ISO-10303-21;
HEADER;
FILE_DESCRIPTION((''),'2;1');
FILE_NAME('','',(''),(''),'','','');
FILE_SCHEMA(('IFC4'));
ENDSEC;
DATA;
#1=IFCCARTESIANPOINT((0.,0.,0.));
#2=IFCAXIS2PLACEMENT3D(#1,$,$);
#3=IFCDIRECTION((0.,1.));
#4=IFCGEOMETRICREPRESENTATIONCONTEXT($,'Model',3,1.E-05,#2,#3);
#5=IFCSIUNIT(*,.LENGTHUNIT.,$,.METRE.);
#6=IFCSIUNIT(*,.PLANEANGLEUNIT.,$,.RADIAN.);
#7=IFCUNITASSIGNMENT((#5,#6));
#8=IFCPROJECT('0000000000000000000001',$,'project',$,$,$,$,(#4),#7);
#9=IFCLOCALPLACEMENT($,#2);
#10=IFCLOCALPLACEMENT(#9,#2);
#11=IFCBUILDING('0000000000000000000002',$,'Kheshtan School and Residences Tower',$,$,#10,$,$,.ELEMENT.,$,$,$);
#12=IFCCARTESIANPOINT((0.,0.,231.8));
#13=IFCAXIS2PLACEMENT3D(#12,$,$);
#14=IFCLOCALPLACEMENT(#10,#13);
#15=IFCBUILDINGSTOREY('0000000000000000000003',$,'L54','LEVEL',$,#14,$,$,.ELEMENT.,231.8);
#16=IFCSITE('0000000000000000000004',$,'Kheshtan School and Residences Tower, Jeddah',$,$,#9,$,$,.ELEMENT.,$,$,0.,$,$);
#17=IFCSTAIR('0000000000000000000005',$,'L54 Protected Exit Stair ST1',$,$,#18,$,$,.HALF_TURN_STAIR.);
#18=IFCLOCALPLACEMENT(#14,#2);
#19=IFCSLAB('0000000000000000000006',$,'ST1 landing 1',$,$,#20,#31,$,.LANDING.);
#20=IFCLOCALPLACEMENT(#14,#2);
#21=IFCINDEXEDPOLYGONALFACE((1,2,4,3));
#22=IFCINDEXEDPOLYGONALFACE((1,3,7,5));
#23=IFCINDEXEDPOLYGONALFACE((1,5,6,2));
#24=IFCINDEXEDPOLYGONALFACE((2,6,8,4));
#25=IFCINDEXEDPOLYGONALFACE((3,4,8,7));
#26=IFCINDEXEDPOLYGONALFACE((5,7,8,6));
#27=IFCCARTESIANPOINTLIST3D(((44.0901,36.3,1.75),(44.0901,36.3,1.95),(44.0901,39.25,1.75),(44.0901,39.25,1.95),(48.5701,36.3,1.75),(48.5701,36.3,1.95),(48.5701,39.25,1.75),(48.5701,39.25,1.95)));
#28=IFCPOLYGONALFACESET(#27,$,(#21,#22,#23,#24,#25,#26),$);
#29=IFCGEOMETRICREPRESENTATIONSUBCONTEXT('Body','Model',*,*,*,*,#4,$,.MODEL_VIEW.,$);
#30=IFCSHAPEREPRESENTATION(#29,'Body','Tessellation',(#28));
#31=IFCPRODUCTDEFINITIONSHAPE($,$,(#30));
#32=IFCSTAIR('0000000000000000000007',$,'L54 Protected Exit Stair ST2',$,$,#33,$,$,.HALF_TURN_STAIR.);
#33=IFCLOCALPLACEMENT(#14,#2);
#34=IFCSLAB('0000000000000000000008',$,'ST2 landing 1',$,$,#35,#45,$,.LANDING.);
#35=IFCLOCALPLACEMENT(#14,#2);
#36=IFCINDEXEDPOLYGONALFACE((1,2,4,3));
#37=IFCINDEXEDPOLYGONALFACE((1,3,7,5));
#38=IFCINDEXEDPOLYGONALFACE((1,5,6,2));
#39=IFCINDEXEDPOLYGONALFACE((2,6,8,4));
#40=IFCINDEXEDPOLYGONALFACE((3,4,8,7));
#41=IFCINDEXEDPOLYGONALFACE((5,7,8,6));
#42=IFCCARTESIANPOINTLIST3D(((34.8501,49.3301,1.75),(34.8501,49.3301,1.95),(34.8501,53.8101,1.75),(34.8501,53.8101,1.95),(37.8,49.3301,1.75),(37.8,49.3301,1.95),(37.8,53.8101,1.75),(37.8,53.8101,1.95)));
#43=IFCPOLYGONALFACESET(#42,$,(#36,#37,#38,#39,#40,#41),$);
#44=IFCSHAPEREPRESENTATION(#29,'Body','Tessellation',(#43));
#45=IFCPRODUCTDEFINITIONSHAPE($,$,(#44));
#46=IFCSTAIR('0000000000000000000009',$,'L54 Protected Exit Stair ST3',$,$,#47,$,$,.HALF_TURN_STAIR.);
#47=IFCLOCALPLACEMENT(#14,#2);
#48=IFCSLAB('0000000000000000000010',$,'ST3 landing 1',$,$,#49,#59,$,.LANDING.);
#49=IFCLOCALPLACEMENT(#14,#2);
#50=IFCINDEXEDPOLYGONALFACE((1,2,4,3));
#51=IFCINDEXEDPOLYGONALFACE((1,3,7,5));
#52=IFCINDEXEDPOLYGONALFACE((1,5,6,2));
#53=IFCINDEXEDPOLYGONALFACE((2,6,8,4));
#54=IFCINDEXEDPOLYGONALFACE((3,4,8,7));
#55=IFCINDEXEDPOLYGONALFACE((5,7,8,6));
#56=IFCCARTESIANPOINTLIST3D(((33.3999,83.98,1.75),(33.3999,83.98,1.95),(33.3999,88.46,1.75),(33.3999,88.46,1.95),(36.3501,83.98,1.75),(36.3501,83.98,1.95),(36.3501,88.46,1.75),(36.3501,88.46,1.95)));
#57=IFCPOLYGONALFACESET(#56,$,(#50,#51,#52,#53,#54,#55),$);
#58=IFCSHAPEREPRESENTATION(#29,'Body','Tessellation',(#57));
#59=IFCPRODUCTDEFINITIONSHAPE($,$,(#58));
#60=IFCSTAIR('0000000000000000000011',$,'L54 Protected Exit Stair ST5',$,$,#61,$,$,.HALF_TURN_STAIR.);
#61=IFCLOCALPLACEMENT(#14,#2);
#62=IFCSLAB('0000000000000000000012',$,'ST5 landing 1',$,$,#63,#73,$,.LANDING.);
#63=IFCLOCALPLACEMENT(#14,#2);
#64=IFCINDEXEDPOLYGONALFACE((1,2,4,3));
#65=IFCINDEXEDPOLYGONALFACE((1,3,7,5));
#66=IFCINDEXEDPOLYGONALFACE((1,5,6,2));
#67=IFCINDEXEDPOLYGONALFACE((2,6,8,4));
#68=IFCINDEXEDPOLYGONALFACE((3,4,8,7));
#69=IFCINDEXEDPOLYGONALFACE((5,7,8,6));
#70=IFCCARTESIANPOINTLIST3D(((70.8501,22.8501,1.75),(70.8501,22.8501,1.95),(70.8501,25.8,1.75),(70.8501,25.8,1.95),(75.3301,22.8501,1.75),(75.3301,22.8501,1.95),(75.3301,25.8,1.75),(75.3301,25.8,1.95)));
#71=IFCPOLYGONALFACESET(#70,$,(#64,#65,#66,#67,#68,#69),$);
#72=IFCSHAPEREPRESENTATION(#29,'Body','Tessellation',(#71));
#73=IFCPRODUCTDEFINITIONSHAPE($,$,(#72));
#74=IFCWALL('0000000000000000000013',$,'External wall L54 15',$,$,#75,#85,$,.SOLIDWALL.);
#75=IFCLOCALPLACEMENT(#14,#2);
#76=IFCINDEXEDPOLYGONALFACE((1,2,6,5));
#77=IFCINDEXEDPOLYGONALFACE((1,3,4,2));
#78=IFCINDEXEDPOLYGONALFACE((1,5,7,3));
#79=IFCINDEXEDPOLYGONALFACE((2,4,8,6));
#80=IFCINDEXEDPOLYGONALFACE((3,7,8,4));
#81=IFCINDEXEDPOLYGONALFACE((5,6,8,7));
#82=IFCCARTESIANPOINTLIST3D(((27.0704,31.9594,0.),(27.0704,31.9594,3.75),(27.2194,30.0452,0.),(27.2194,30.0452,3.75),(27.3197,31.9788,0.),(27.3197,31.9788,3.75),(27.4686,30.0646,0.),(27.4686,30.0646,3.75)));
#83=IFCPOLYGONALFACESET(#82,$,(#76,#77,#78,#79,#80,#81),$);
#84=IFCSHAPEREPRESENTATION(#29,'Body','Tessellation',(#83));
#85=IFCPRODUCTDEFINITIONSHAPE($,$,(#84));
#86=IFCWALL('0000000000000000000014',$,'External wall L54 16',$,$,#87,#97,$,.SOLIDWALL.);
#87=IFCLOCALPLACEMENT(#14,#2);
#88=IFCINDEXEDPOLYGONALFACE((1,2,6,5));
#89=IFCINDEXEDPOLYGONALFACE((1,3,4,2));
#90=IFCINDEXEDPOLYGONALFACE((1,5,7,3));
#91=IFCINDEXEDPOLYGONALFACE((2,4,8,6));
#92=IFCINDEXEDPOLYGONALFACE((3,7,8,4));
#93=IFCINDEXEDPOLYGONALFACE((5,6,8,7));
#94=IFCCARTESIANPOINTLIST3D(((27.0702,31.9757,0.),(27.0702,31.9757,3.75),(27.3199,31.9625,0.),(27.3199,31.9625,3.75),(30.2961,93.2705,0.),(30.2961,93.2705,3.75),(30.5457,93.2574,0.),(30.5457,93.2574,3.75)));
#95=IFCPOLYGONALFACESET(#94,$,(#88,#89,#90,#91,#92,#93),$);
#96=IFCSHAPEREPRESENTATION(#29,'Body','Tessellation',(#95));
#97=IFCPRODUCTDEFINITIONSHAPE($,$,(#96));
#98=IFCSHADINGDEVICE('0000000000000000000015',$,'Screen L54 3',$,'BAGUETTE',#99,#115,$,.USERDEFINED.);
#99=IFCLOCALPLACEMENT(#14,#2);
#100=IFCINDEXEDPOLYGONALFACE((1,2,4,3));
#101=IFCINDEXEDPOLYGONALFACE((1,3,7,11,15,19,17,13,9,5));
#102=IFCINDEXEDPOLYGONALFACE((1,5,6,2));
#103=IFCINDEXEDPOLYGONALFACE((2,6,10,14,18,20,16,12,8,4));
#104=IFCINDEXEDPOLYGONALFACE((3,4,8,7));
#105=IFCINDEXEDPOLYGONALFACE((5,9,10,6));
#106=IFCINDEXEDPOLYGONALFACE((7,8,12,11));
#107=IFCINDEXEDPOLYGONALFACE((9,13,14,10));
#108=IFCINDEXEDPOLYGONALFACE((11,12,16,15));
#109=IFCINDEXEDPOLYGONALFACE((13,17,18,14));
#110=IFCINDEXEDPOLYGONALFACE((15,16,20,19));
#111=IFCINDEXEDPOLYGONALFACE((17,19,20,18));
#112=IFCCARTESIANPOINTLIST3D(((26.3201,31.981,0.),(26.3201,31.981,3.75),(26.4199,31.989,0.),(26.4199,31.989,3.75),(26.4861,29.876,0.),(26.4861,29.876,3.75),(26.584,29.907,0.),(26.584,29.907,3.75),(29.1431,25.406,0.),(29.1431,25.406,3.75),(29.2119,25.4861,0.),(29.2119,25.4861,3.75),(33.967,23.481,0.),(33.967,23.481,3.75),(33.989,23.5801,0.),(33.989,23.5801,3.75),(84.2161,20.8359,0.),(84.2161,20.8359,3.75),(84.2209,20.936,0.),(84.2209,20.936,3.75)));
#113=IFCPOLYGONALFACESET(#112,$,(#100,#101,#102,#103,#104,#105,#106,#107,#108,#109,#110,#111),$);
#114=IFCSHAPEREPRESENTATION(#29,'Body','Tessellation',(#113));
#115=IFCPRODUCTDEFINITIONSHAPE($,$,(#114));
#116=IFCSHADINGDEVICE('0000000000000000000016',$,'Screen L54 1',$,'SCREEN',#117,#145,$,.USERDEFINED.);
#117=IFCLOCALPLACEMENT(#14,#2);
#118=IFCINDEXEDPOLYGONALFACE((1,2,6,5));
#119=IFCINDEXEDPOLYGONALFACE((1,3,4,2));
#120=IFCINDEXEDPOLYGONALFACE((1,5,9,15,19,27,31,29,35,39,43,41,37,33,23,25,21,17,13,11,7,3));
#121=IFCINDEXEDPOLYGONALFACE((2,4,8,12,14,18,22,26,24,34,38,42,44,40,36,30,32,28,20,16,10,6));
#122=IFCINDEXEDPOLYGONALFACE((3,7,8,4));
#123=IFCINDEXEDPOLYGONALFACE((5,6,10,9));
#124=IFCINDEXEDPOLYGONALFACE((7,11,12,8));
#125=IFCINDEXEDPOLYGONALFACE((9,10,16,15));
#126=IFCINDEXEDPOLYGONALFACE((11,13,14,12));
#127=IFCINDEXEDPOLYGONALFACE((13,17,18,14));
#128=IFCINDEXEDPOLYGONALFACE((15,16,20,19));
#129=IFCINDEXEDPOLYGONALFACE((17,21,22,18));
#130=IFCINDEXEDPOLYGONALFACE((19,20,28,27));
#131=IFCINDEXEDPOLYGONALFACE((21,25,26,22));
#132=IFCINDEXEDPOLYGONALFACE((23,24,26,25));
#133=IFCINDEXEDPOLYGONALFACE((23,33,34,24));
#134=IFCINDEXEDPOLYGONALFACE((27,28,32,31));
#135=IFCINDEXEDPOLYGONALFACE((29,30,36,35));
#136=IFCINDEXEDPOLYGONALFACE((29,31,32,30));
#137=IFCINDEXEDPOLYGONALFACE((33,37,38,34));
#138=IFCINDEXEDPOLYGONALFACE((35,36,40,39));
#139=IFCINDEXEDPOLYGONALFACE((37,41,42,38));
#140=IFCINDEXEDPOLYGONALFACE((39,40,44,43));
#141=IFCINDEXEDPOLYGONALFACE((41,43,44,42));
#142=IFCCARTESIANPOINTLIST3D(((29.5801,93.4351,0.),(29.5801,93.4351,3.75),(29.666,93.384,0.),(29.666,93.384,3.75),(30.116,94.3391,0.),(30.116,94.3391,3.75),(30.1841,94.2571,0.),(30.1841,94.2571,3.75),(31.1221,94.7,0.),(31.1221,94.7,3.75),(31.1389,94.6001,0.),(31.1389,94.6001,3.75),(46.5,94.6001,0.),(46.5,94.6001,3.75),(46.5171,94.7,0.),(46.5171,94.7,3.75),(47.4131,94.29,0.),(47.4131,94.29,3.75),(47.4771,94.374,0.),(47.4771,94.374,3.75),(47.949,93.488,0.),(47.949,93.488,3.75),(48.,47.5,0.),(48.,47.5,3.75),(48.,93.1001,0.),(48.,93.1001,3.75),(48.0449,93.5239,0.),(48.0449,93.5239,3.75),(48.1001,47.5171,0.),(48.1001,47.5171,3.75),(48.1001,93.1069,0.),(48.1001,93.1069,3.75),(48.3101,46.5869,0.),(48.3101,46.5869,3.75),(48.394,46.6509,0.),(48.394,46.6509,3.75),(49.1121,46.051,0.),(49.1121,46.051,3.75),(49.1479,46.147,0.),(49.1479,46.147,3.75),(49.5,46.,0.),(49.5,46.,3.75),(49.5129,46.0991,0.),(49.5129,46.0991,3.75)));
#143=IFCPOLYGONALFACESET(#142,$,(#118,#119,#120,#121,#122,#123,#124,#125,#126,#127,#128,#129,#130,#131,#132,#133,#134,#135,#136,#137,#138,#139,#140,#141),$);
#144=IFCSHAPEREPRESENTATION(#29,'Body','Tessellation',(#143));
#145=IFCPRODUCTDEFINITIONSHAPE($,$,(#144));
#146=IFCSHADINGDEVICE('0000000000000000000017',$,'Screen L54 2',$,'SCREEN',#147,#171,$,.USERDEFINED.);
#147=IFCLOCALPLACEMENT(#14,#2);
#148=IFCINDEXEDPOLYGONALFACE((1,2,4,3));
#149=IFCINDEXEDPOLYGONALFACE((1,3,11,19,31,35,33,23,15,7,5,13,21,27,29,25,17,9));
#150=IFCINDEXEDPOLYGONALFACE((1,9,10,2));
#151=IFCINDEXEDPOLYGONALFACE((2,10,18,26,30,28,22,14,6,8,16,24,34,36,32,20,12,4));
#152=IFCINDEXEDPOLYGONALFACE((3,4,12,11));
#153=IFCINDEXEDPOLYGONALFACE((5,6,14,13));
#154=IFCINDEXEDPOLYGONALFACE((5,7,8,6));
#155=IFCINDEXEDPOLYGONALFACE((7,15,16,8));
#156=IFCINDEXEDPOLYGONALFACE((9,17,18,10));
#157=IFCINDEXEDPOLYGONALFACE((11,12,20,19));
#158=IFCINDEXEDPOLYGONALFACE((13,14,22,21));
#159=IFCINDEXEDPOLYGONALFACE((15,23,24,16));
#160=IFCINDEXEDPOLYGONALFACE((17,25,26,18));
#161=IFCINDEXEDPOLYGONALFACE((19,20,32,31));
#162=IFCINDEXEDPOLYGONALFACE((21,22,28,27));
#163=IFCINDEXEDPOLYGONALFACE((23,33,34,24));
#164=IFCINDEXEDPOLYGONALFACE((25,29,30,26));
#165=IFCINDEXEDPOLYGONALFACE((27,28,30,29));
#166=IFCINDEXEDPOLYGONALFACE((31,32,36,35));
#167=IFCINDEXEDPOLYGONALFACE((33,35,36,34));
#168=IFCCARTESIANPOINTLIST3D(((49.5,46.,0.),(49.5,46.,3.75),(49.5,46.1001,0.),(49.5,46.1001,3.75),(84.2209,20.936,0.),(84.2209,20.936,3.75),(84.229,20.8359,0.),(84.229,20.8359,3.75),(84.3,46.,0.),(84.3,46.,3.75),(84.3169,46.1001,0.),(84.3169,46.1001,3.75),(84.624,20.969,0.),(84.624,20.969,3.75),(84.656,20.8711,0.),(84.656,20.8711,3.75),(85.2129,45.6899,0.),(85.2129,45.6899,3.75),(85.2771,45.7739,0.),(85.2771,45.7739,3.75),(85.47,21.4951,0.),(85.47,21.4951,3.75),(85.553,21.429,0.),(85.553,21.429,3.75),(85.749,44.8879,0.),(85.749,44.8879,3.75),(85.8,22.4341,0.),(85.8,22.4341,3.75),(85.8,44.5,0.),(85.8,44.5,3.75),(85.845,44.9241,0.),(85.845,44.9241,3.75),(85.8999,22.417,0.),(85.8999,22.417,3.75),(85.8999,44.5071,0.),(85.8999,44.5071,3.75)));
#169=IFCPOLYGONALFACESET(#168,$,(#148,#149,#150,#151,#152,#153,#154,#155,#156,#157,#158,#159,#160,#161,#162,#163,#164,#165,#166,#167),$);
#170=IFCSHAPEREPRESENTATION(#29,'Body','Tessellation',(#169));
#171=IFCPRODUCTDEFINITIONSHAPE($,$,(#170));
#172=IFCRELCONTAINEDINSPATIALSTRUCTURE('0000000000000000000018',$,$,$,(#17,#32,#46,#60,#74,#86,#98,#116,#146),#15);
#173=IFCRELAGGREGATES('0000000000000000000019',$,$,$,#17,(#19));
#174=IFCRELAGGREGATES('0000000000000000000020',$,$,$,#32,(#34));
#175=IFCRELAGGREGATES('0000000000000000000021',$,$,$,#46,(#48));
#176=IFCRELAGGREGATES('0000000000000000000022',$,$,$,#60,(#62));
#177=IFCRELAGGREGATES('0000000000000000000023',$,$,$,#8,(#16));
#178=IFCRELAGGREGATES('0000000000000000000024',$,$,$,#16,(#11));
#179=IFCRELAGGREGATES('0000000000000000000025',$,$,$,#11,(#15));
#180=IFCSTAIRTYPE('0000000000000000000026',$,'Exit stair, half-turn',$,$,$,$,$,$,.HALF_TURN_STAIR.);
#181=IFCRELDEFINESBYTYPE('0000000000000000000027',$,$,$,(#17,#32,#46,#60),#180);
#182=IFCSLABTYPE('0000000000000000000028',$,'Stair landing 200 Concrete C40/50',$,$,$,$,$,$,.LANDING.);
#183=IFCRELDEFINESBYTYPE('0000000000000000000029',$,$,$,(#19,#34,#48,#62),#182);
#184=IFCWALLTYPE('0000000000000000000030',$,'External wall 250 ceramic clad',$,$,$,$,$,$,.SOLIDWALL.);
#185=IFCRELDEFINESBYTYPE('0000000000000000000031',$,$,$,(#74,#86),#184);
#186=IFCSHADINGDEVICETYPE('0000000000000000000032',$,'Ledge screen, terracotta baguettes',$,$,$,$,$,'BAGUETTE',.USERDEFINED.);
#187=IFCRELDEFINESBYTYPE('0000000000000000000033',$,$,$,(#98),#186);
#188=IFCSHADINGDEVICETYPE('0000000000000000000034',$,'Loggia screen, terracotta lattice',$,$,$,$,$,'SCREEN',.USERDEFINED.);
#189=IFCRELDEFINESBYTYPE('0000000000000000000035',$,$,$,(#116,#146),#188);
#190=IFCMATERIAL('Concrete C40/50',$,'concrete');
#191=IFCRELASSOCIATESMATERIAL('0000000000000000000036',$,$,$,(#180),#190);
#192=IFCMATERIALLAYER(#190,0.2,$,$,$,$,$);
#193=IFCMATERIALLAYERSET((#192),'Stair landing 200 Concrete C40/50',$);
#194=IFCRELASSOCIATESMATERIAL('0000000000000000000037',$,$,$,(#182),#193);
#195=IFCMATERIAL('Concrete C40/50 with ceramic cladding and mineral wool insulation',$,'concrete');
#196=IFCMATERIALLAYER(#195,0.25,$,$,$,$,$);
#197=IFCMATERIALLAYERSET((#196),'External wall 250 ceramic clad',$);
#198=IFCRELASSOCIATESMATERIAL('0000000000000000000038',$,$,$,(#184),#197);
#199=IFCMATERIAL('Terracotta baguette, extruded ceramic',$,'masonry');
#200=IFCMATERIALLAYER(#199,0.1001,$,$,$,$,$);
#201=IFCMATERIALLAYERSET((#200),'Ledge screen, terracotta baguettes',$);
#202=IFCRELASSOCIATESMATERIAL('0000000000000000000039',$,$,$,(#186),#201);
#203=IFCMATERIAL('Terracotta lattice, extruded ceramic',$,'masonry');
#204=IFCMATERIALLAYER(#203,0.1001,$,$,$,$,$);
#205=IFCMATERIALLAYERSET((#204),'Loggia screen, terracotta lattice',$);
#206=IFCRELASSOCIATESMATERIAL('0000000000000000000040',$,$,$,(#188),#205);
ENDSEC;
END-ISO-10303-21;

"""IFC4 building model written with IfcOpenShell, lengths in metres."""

from ifc_helpers import new_model, si_unit, direction, frame, frame_2d, origin, place, context, subcontext, project, spatial, polyline, rectangle, outline, extrude, material, layer, layer_set, type_object, element, aggregate, save


model = new_model("IFC4")

# Units and contexts
model_context = context("Model", 3, precision=1e-05, world=origin(), true_north=direction((0.0, 1.0)))
body_context = subcontext(model_context, "Body", "Model", "MODEL_VIEW")
ifc_project = project(units=[si_unit("LENGTHUNIT", "METRE"), si_unit("PLANEANGLEUNIT", "RADIAN")], contexts=[model_context])

# Site, building, storey
site_placement = place(None, origin())
site = spatial("IfcSite", under=ifc_project, at=site_placement, Name="Kheshtan School and Residences Tower, Jeddah", CompositionType="ELEMENT", RefElevation=0.0)
building_placement = place(site_placement, origin())
building = spatial("IfcBuilding", under=site, at=building_placement, Name="Kheshtan School and Residences Tower", CompositionType="ELEMENT")
storey_placement = place(building_placement, frame((0.0, 0.0, 231.8)))
storey = spatial("IfcBuildingStorey", under=building, at=storey_placement, Name="L54", Description="LEVEL", CompositionType="ELEMENT", Elevation=231.8)

# Shared definitions
ifc_material_1 = material(Name="Concrete C40/50", Category="concrete")

# Stairs, slabs
stair_type = type_object("IfcStairType", Name="Exit stair, half-turn", PredefinedType="HALF_TURN_STAIR", material=ifc_material_1)
stair_1_placement = place(storey_placement, origin())
stair_1 = element("IfcStair", 1, at=stair_1_placement, inside=storey, type_object=stair_type, Name="L54 Protected Exit Stair ST1", PredefinedType="HALF_TURN_STAIR")
ifc_layer_1 = layer(ifc_material_1, 0.2)
ifc_layer_set_1 = layer_set([ifc_layer_1], Name="Stair landing 200 Concrete C40/50")
slab_type_1 = type_object("IfcSlabType", Name="Stair landing 200 Concrete C40/50", PredefinedType="LANDING", material=ifc_layer_set_1)
slab_1_placement = place(storey_placement, frame((0.0, 0.0, 1.75)))
slab_1 = element("IfcSlab", 2, at=slab_1_placement, type_object=slab_type_1, Name="ST1 landing 1", PredefinedType="LANDING", context=body_context, shape_type="SweptSolid", body=[
    extrude(outline(polyline([(48.5701, 39.25), (44.0901, 39.25), (44.0901, 36.3), (48.5701, 36.3), (48.5701, 39.25)])), origin(), (0.0, 0.0, 1.0), 0.2),
])
aggregate(stair_1, [slab_1])
stair_2_placement = place(storey_placement, origin())
stair_2 = element("IfcStair", 3, at=stair_2_placement, inside=storey, type_object=stair_type, Name="L54 Protected Exit Stair ST2", PredefinedType="HALF_TURN_STAIR")
slab_2_placement = place(storey_placement, frame((0.0, 0.0, 1.75)))
slab_2 = element("IfcSlab", 4, at=slab_2_placement, type_object=slab_type_1, Name="ST2 landing 1", PredefinedType="LANDING", context=body_context, shape_type="SweptSolid", body=[
    extrude(outline(polyline([(37.8, 49.3301), (37.8, 53.8101), (34.8501, 53.8101), (34.8501, 49.3301), (37.8, 49.3301)])), origin(), (0.0, 0.0, 1.0), 0.2),
])
aggregate(stair_2, [slab_2])
stair_3_placement = place(storey_placement, origin())
stair_3 = element("IfcStair", 5, at=stair_3_placement, inside=storey, type_object=stair_type, Name="L54 Protected Exit Stair ST3", PredefinedType="HALF_TURN_STAIR")
slab_3_placement = place(storey_placement, frame((0.0, 0.0, 1.75)))
slab_3 = element("IfcSlab", 6, at=slab_3_placement, type_object=slab_type_1, Name="ST3 landing 1", PredefinedType="LANDING", context=body_context, shape_type="SweptSolid", body=[
    extrude(outline(polyline([(36.3501, 83.98), (36.3501, 88.46), (33.3999, 88.46), (33.3999, 83.98), (36.3501, 83.98)])), origin(), (0.0, 0.0, 1.0), 0.2),
])
aggregate(stair_3, [slab_3])
stair_4_placement = place(storey_placement, origin())
stair_4 = element("IfcStair", 7, at=stair_4_placement, inside=storey, type_object=stair_type, Name="L54 Protected Exit Stair ST5", PredefinedType="HALF_TURN_STAIR")
slab_4_placement = place(storey_placement, frame((0.0, 0.0, 1.75)))
slab_4 = element("IfcSlab", 8, at=slab_4_placement, type_object=slab_type_1, Name="ST5 landing 1", PredefinedType="LANDING", context=body_context, shape_type="SweptSolid", body=[
    extrude(outline(polyline([(75.3301, 25.8), (70.8501, 25.8), (70.8501, 22.8501), (75.3301, 22.8501), (75.3301, 25.8)])), origin(), (0.0, 0.0, 1.0), 0.2),
])
aggregate(stair_4, [slab_4])

# Walls
ifc_material_2 = material(Name="Concrete C40/50 with ceramic cladding and mineral wool insulation", Category="concrete")
ifc_layer_2 = layer(ifc_material_2, 0.25)
ifc_layer_set_2 = layer_set([ifc_layer_2], Name="External wall 250 ceramic clad")
wall_type = type_object("IfcWallType", Name="External wall 250 ceramic clad", PredefinedType="SOLIDWALL", material=ifc_layer_set_2)
wall_1_placement = place(storey_placement, frame((27.344, 30.0549, 0.0), z_axis=(0.0, 0.0, 1.0), x_axis=(-0.077572, 0.996987, 0.0)))
element("IfcWall", 9, at=wall_1_placement, inside=storey, type_object=wall_type, Name="External wall L54 15", PredefinedType="SOLIDWALL", context=body_context, shape_type="SweptSolid", body=[
    extrude(rectangle(XDim=1.9199, YDim=0.25, at=frame_2d((0.96, 0.0))), origin(), (0.0, 0.0, 1.0), 3.75),
])
wall_2_placement = place(storey_placement, frame((27.1951, 31.969, 0.0), z_axis=(0.0, 0.0, 1.0), x_axis=(0.052555, 0.998618, 0.0)))
element("IfcWall", 10, at=wall_2_placement, inside=storey, type_object=wall_type, Name="External wall L54 16", PredefinedType="SOLIDWALL", context=body_context, shape_type="SweptSolid", body=[
    extrude(rectangle(XDim=61.3796, YDim=0.25, at=frame_2d((30.6899, 0.0))), origin(), (0.0, 0.0, 1.0), 3.75),
])

# Shading devices
ifc_material_3 = material(Name="Terracotta baguette, extruded ceramic", Category="masonry")
ifc_layer_3 = layer(ifc_material_3, 0.1001)
ifc_layer_set_3 = layer_set([ifc_layer_3], Name="Ledge screen, terracotta baguettes")
shading_device_type_1 = type_object("IfcShadingDeviceType", Name="Ledge screen, terracotta baguettes", ElementType="BAGUETTE", PredefinedType="USERDEFINED", material=ifc_layer_set_3)
shading_device_1_placement = place(storey_placement, origin())
element("IfcShadingDevice", 11, at=shading_device_1_placement, inside=storey, type_object=shading_device_type_1, Name="Screen L54 3", ObjectType="BAGUETTE", PredefinedType="USERDEFINED", context=body_context, shape_type="SweptSolid", body=[
    extrude(outline(polyline([(84.2209, 20.936), (33.989, 23.5801), (29.2119, 25.4861), (26.584, 29.907), (26.4199, 31.989), (26.3201, 31.981), (26.4861, 29.876), (29.1431, 25.406), (33.967, 23.481), (84.2161, 20.8359), (84.2209, 20.936)])), origin(), (0.0, 0.0, 1.0), 3.75),
])
ifc_material_4 = material(Name="Terracotta lattice, extruded ceramic", Category="masonry")
ifc_layer_4 = layer(ifc_material_4, 0.1001)
ifc_layer_set_4 = layer_set([ifc_layer_4], Name="Loggia screen, terracotta lattice")
shading_device_type_2 = type_object("IfcShadingDeviceType", Name="Loggia screen, terracotta lattice", ElementType="SCREEN", PredefinedType="USERDEFINED", material=ifc_layer_set_4)
shading_device_2_placement = place(storey_placement, origin())
element("IfcShadingDevice", 12, at=shading_device_2_placement, inside=storey, type_object=shading_device_type_2, Name="Screen L54 1", ObjectType="SCREEN", PredefinedType="USERDEFINED", context=body_context, shape_type="SweptSolid", body=[
    extrude(outline(polyline([(29.666, 93.384), (30.1841, 94.2571), (31.1389, 94.6001), (46.5, 94.6001), (47.4131, 94.29), (47.949, 93.488), (48.0, 93.1001), (48.0, 47.5), (48.3101, 46.5869), (49.1121, 46.051), (49.5, 46.0), (49.5129, 46.0991), (49.1479, 46.147), (48.394, 46.6509), (48.1001, 47.5171), (48.1001, 93.1069), (48.0449, 93.5239), (47.4771, 94.374), (46.5171, 94.7), (31.1221, 94.7), (30.116, 94.3391), (29.5801, 93.4351), (29.666, 93.384)])), origin(), (0.0, 0.0, 1.0), 3.75),
])
shading_device_3_placement = place(storey_placement, origin())
element("IfcShadingDevice", 13, at=shading_device_3_placement, inside=storey, type_object=shading_device_type_2, Name="Screen L54 2", ObjectType="SCREEN", PredefinedType="USERDEFINED", context=body_context, shape_type="SweptSolid", body=[
    extrude(outline(polyline([(49.5, 46.0), (84.3, 46.0), (85.2129, 45.6899), (85.749, 44.8879), (85.8, 44.5), (85.8, 22.4341), (85.47, 21.4951), (84.624, 20.969), (84.2209, 20.936), (84.229, 20.8359), (84.656, 20.8711), (85.553, 21.429), (85.8999, 22.417), (85.8999, 44.5071), (85.845, 44.9241), (85.2771, 45.7739), (84.3169, 46.1001), (49.5, 46.1001), (49.5, 46.0)])), origin(), (0.0, 0.0, 1.0), 3.75),
])

save(model, "model.ifc")
